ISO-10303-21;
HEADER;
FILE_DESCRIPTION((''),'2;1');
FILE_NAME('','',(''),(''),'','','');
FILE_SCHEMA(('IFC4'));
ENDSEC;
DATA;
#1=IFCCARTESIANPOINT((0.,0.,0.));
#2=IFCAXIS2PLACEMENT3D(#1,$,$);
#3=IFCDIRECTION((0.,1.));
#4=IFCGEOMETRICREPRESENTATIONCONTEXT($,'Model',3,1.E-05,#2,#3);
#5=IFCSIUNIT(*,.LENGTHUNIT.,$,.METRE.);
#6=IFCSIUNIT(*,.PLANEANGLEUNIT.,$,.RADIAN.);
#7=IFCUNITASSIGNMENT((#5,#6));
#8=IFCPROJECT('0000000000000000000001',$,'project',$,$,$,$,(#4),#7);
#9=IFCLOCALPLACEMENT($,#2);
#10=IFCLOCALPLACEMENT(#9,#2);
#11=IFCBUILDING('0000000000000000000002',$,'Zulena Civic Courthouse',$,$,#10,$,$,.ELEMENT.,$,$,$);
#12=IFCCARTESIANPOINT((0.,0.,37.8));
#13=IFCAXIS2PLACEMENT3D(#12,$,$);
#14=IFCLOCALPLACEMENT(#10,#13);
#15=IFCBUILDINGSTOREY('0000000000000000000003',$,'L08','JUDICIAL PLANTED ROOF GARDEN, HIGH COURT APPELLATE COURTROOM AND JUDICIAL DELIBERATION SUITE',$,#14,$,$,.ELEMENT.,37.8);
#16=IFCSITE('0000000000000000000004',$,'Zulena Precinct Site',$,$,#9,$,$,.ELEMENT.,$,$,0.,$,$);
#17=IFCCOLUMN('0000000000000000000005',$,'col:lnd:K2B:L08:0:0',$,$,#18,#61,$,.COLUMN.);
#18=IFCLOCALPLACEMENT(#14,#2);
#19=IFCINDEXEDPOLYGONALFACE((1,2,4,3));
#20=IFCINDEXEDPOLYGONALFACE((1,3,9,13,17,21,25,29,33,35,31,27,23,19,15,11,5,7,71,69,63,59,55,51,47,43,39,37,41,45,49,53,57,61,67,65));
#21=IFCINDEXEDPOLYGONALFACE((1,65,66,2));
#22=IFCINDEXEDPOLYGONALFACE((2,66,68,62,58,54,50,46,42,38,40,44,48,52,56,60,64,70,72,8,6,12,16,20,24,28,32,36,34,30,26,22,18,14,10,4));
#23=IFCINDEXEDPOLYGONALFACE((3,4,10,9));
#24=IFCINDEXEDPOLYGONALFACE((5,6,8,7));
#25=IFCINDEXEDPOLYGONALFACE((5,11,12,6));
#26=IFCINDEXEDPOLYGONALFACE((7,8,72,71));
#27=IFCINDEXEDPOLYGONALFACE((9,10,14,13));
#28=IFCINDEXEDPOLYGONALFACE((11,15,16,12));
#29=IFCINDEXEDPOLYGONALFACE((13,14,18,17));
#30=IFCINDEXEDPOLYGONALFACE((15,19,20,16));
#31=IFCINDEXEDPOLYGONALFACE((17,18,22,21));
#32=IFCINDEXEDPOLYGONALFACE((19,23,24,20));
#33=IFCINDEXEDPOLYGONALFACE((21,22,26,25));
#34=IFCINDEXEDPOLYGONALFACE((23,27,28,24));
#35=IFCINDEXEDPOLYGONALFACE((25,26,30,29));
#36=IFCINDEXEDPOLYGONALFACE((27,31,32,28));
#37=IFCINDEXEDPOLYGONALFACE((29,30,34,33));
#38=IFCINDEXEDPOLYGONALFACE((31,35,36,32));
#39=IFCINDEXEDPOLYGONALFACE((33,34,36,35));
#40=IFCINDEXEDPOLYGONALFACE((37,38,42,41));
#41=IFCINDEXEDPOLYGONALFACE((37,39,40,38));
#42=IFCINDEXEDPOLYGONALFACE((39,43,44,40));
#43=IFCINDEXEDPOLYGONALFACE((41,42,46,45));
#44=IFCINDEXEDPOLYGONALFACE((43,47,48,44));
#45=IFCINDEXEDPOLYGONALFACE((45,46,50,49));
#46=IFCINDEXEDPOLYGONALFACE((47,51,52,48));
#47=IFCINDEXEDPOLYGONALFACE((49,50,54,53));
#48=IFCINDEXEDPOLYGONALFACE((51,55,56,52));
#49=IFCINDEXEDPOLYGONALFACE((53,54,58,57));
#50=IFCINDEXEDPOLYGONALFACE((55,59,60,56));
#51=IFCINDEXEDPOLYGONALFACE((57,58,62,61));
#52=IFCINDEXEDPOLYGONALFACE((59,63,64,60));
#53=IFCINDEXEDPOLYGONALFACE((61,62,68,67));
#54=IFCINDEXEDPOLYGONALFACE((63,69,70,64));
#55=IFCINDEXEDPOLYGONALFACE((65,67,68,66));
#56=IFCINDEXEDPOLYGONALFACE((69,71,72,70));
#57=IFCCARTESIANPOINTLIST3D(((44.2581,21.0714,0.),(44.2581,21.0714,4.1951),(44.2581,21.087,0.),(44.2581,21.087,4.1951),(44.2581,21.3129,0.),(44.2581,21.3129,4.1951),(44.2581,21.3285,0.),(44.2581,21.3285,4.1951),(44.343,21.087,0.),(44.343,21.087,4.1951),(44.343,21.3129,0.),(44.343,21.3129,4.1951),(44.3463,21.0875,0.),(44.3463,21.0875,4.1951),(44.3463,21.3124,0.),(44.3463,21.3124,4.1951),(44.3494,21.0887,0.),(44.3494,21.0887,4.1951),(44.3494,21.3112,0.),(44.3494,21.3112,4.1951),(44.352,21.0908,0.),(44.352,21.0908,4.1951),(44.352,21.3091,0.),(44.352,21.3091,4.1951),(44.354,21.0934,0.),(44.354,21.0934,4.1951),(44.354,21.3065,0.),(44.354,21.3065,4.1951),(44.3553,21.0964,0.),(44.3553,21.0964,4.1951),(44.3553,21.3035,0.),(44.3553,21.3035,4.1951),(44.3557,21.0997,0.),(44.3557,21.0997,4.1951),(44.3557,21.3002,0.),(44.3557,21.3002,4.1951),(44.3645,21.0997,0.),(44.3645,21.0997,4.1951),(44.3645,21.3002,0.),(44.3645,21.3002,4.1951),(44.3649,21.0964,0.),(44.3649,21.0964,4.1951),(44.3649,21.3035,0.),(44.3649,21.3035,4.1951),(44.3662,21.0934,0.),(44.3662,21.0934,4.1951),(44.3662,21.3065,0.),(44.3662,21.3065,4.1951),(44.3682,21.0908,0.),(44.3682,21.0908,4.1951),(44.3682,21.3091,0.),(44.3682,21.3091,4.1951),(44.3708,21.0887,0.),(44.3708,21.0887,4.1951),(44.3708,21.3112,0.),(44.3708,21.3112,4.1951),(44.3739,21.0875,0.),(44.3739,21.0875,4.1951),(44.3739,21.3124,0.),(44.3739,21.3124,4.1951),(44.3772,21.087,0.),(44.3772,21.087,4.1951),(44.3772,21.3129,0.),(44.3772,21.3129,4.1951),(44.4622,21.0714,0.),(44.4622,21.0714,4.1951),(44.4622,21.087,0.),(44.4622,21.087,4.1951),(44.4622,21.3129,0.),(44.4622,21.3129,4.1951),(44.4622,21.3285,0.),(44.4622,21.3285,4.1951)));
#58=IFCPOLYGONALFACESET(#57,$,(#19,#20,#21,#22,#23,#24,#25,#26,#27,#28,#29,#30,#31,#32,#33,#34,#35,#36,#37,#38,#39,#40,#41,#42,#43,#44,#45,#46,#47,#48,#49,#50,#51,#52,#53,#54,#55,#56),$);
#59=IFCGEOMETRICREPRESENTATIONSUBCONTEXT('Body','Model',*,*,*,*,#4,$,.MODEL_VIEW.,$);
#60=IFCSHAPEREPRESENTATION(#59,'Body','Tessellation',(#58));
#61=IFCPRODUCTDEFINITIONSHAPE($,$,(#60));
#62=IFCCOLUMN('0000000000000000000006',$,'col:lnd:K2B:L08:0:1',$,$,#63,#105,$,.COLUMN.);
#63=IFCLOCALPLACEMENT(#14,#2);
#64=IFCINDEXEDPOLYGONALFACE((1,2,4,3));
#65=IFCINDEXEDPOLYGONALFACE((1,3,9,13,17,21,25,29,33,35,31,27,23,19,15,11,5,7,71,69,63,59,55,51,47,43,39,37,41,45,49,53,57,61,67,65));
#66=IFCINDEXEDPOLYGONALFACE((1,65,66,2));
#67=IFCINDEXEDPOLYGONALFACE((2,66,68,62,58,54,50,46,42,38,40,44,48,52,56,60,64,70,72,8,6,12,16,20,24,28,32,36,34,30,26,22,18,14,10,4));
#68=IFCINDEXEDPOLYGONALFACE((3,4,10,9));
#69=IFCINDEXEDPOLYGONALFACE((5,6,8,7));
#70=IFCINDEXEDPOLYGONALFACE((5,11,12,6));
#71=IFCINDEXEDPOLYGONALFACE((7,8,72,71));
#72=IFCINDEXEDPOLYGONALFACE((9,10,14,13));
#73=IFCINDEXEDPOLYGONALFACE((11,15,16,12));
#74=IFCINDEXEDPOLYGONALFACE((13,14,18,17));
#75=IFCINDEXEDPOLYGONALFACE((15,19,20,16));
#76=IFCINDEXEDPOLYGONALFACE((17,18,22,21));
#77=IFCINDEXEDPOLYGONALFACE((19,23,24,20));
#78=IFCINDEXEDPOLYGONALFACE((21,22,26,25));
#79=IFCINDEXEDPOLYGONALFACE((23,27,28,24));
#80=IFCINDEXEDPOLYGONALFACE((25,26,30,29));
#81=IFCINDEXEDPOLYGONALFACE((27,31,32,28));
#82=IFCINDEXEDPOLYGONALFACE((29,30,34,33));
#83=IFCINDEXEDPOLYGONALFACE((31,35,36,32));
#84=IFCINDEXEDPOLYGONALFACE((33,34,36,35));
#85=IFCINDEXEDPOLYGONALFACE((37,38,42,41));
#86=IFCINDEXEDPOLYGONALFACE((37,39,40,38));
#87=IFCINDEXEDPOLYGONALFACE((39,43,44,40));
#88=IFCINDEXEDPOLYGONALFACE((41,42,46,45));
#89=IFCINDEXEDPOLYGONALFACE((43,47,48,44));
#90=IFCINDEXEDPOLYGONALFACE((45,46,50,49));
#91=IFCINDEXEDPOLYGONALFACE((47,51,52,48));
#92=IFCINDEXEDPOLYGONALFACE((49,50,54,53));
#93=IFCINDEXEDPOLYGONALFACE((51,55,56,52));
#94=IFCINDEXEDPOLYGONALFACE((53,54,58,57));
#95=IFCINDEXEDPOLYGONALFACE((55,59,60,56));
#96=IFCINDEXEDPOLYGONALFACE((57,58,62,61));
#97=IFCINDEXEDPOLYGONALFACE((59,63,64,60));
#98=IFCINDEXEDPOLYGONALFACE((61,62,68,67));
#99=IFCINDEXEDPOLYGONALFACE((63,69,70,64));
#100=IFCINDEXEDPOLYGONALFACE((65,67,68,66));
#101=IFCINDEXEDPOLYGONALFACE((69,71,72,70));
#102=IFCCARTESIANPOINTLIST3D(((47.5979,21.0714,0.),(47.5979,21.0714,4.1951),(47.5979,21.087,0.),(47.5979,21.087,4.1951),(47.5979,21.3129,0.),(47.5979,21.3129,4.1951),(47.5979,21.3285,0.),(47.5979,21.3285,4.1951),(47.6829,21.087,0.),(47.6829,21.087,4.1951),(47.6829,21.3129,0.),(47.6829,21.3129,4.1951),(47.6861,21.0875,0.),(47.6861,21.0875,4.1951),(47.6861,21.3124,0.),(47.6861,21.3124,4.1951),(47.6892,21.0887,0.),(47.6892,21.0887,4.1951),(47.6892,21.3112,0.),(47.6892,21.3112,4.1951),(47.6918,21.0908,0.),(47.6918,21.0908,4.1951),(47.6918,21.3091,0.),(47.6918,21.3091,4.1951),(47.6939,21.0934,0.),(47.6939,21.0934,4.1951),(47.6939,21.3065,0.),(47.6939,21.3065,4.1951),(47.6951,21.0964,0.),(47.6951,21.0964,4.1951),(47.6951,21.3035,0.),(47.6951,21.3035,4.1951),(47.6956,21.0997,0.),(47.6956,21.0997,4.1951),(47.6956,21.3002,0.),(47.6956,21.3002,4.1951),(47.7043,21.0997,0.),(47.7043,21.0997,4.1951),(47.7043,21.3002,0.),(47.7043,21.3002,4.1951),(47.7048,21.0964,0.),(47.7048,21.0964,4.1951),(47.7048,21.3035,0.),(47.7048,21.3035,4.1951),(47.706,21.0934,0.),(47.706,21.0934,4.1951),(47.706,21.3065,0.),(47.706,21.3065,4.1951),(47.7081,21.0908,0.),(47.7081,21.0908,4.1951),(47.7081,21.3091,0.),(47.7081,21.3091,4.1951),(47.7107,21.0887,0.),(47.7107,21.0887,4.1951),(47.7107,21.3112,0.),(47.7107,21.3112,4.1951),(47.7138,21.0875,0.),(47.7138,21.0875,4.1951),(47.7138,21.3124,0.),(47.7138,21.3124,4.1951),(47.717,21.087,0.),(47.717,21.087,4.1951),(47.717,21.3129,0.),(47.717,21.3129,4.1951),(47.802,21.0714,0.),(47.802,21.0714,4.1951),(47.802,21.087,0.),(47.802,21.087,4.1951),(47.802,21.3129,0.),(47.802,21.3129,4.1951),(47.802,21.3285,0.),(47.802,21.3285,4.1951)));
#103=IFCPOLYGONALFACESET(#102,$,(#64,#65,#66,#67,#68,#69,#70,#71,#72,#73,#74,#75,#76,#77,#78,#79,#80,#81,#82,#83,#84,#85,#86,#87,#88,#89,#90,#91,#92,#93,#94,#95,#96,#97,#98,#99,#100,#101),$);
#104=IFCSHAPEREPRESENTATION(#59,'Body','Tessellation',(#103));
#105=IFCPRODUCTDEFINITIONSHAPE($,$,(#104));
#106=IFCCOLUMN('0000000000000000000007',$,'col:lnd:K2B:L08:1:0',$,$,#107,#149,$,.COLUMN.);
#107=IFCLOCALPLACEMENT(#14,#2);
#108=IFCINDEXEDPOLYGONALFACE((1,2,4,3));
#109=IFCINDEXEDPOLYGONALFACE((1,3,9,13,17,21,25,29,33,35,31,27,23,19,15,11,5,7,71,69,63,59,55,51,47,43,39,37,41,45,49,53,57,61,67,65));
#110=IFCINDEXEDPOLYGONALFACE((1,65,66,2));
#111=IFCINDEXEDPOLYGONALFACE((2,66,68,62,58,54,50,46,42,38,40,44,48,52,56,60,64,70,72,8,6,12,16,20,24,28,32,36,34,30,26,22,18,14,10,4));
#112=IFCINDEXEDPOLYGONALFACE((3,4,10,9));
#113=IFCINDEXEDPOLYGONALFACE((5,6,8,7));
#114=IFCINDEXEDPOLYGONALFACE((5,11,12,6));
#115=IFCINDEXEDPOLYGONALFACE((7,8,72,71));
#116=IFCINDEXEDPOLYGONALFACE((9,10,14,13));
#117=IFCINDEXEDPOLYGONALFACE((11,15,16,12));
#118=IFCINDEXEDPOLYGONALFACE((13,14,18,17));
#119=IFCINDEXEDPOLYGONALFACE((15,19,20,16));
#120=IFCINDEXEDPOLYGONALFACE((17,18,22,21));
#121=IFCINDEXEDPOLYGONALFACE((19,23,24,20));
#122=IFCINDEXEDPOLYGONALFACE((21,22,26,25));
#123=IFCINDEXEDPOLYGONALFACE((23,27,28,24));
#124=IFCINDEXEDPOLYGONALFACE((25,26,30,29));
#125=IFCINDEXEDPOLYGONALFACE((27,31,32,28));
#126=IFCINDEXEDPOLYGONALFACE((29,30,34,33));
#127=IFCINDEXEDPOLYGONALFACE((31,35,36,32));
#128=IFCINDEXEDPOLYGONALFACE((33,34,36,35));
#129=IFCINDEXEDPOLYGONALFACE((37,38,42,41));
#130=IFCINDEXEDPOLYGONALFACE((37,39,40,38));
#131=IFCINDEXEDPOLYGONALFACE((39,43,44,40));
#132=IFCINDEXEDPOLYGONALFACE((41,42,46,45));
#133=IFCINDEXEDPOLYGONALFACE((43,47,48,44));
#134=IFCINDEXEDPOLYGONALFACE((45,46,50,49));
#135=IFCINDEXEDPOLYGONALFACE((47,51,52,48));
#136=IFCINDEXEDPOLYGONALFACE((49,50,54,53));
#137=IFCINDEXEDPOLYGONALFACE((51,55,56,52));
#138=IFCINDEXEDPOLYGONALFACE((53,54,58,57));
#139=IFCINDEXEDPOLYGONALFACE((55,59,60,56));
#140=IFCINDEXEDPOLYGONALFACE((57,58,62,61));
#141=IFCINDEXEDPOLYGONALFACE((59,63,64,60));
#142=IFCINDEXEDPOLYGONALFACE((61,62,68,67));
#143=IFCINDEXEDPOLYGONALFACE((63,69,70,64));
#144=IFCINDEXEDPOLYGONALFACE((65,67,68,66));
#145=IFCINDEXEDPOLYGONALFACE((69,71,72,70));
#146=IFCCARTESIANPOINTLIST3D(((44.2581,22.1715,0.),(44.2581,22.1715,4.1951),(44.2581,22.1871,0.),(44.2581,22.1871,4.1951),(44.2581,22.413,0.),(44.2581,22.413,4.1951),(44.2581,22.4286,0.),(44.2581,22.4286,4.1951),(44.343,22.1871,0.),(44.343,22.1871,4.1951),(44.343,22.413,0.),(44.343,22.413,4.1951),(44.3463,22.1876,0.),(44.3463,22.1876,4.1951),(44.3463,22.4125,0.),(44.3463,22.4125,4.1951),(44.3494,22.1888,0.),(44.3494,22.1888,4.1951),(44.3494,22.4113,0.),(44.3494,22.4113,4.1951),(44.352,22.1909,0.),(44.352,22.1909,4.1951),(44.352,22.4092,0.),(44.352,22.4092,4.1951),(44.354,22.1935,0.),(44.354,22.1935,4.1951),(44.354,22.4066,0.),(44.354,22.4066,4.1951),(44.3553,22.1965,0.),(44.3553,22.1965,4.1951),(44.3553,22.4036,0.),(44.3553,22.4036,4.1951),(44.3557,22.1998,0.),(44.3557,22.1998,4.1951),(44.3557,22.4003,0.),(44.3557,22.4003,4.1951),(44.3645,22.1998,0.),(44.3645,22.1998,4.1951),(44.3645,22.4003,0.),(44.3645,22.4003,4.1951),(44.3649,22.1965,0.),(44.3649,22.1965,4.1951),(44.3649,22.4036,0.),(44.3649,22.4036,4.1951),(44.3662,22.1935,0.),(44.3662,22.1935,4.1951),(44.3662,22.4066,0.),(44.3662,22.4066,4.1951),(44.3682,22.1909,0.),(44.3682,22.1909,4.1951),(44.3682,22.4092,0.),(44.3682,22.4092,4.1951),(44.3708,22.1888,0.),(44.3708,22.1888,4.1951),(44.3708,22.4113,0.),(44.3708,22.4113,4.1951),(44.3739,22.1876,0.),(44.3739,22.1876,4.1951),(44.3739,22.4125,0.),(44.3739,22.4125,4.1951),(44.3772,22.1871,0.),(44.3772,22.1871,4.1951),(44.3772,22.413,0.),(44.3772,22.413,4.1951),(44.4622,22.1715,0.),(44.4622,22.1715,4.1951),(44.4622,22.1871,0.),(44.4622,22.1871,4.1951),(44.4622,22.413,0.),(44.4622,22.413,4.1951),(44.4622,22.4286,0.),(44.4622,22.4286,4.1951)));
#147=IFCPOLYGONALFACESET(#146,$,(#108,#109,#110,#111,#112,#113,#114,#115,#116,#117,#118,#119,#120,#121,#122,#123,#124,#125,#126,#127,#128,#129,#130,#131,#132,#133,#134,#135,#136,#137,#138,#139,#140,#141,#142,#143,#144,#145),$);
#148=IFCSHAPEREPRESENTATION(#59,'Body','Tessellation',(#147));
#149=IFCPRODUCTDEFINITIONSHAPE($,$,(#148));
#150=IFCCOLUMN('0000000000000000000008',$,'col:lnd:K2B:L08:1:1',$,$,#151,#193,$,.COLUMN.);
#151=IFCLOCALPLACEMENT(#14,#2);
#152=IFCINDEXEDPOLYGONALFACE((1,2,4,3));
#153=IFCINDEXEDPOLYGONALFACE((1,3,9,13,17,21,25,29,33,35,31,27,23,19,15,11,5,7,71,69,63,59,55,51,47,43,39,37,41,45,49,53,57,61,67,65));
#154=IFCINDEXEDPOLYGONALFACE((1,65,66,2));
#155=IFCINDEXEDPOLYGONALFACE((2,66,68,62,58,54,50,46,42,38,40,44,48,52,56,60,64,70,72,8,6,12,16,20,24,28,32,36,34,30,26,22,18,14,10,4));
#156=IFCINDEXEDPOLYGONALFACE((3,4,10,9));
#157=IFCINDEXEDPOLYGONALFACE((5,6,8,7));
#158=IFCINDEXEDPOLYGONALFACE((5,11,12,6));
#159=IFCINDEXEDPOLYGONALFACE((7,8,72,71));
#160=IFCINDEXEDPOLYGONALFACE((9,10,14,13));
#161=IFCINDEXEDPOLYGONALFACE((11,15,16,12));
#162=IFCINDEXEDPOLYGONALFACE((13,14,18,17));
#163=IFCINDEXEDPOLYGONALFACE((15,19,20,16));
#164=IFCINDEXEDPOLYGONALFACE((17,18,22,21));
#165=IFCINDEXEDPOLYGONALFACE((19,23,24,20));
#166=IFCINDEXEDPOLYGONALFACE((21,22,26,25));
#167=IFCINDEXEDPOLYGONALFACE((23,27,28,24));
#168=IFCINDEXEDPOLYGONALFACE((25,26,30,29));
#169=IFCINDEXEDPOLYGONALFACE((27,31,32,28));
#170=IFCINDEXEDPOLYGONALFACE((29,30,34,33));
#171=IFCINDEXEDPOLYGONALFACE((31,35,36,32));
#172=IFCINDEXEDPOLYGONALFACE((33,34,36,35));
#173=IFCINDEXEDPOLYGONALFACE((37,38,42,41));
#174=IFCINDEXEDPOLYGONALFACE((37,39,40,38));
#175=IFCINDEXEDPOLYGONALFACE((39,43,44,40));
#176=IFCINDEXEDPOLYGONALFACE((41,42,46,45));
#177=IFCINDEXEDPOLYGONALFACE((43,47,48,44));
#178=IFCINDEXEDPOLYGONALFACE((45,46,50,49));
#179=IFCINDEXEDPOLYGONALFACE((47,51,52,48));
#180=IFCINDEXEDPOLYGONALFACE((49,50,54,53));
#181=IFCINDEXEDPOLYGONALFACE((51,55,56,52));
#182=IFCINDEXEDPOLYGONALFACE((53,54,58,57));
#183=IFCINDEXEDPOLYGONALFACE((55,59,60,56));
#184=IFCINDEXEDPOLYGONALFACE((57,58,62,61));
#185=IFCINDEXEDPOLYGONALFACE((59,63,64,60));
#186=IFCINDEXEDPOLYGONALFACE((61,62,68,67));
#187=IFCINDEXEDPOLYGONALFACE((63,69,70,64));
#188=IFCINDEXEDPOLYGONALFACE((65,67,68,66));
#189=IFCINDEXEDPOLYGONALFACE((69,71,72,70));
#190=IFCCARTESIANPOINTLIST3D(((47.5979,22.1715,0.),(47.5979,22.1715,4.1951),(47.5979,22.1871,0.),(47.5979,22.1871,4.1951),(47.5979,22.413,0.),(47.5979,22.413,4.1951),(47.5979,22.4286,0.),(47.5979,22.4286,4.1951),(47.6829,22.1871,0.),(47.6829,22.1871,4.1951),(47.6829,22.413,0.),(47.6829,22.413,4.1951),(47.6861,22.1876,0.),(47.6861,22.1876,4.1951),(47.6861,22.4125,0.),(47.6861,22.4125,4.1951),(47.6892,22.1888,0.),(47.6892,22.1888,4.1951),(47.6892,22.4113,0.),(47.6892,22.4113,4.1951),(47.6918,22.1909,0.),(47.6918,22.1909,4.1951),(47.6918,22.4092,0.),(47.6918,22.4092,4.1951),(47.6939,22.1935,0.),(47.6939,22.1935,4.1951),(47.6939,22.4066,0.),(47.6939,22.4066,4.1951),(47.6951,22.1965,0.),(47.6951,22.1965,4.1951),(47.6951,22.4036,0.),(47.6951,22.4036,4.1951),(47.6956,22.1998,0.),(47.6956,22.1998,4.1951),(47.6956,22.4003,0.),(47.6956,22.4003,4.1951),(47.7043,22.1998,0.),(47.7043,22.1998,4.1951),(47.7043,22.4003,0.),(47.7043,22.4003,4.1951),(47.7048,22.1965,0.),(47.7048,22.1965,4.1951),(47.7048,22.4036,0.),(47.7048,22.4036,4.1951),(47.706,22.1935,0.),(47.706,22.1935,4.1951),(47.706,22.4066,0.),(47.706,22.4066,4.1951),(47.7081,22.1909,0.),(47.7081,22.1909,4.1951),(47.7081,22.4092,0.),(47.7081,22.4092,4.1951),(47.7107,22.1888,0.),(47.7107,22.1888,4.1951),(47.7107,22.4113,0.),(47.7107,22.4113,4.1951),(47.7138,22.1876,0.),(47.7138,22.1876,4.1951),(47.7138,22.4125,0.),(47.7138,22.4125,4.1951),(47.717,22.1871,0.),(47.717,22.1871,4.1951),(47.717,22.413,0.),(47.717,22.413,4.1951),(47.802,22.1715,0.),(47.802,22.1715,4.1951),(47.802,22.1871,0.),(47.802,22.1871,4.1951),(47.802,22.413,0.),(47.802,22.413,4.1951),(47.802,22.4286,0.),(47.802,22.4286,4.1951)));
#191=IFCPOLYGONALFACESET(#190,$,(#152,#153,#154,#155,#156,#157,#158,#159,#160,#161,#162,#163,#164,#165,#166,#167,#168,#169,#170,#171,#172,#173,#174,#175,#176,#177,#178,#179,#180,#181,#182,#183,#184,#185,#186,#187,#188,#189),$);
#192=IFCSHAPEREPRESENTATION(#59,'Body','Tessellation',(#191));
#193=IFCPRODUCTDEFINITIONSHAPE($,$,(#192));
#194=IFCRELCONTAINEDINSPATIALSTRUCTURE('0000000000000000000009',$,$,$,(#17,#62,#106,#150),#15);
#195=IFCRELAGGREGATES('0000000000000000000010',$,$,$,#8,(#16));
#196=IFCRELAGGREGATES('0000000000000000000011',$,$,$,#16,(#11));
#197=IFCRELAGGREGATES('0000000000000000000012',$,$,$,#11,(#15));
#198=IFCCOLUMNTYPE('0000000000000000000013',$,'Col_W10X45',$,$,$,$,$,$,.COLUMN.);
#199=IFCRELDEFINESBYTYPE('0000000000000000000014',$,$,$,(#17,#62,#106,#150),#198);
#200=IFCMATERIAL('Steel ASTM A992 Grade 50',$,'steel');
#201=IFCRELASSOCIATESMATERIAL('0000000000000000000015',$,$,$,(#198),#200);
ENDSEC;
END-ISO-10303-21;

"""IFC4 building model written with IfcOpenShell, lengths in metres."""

from ifc_helpers import new_model, si_unit, direction, frame, origin, origin_2d, place, context, subcontext, project, spatial, i_section, extrude, material, material_profile, profile_set, type_object, element, save


model = new_model("IFC4")

# Units and contexts
model_context = context("Model", 3, precision=1e-05, world=origin(), true_north=direction((0.0, 1.0)))
body_context = subcontext(model_context, "Body", "Model", "MODEL_VIEW")
ifc_project = project(units=[si_unit("LENGTHUNIT", "METRE"), si_unit("PLANEANGLEUNIT", "RADIAN")], contexts=[model_context])

# Site, building, storey
site_placement = place(None, origin())
site = spatial("IfcSite", under=ifc_project, at=site_placement, Name="Zulena Precinct Site", CompositionType="ELEMENT", RefElevation=0.0)
building_placement = place(site_placement, origin())
building = spatial("IfcBuilding", under=site, at=building_placement, Name="Zulena Civic Courthouse", CompositionType="ELEMENT")
storey_placement = place(building_placement, frame((0.0, 0.0, 37.8)))
storey = spatial("IfcBuildingStorey", under=building, at=storey_placement, Name="L08", Description="JUDICIAL PLANTED ROOF GARDEN, HIGH COURT APPELLATE COURTROOM AND JUDICIAL DELIBERATION SUITE", CompositionType="ELEMENT", Elevation=37.8)

# Columns
ifc_material_1 = material(Name="Steel ASTM A992 Grade 50", Category="steel")
ifc_material_profile_1 = material_profile(ifc_material_1, i_section(OverallWidth=0.2041, OverallDepth=0.2571, WebThickness=0.0088, FlangeThickness=0.0156, FilletRadius=0.0127, at=origin_2d()), Name="W10X45")
ifc_profile_set_1 = profile_set([ifc_material_profile_1], Name="Steel ASTM A992 Grade 50")
column_type_1 = type_object("IfcColumnType", Name="Col_W10X45", PredefinedType="COLUMN", material=ifc_profile_set_1)
for number, where, z_axis, x_axis, name in (
    (1, (44.3601, 21.2, 0.0), (0.0, 0.0, 1.0), (1.0, 0.0, 0.0), "col:lnd:K2B:L08:0:0"),
    (2, (47.7, 21.2, 0.0), (0.0, 0.0, 1.0), (1.0, 0.0, 0.0), "col:lnd:K2B:L08:0:1"),
    (3, (44.3601, 22.3, 0.0), (0.0, 0.0, 1.0), (1.0, 0.0, 0.0), "col:lnd:K2B:L08:1:0"),
    (4, (47.7, 22.3, 0.0), (0.0, 0.0, 1.0), (1.0, 0.0, 0.0), "col:lnd:K2B:L08:1:1"),
):
    element("IfcColumn", number, at=place(storey_placement, frame(where, z_axis=z_axis, x_axis=x_axis)), inside=storey, type_object=column_type_1, Name=name, PredefinedType="COLUMN", context=body_context, shape_type="SweptSolid", body=[
        extrude(i_section(OverallWidth=0.2041, OverallDepth=0.2571, WebThickness=0.0088, FlangeThickness=0.0156, FilletRadius=0.0127, at=origin_2d()), origin(), (0.0, 0.0, 1.0), 4.1951),
    ])

save(model, "model.ifc")
